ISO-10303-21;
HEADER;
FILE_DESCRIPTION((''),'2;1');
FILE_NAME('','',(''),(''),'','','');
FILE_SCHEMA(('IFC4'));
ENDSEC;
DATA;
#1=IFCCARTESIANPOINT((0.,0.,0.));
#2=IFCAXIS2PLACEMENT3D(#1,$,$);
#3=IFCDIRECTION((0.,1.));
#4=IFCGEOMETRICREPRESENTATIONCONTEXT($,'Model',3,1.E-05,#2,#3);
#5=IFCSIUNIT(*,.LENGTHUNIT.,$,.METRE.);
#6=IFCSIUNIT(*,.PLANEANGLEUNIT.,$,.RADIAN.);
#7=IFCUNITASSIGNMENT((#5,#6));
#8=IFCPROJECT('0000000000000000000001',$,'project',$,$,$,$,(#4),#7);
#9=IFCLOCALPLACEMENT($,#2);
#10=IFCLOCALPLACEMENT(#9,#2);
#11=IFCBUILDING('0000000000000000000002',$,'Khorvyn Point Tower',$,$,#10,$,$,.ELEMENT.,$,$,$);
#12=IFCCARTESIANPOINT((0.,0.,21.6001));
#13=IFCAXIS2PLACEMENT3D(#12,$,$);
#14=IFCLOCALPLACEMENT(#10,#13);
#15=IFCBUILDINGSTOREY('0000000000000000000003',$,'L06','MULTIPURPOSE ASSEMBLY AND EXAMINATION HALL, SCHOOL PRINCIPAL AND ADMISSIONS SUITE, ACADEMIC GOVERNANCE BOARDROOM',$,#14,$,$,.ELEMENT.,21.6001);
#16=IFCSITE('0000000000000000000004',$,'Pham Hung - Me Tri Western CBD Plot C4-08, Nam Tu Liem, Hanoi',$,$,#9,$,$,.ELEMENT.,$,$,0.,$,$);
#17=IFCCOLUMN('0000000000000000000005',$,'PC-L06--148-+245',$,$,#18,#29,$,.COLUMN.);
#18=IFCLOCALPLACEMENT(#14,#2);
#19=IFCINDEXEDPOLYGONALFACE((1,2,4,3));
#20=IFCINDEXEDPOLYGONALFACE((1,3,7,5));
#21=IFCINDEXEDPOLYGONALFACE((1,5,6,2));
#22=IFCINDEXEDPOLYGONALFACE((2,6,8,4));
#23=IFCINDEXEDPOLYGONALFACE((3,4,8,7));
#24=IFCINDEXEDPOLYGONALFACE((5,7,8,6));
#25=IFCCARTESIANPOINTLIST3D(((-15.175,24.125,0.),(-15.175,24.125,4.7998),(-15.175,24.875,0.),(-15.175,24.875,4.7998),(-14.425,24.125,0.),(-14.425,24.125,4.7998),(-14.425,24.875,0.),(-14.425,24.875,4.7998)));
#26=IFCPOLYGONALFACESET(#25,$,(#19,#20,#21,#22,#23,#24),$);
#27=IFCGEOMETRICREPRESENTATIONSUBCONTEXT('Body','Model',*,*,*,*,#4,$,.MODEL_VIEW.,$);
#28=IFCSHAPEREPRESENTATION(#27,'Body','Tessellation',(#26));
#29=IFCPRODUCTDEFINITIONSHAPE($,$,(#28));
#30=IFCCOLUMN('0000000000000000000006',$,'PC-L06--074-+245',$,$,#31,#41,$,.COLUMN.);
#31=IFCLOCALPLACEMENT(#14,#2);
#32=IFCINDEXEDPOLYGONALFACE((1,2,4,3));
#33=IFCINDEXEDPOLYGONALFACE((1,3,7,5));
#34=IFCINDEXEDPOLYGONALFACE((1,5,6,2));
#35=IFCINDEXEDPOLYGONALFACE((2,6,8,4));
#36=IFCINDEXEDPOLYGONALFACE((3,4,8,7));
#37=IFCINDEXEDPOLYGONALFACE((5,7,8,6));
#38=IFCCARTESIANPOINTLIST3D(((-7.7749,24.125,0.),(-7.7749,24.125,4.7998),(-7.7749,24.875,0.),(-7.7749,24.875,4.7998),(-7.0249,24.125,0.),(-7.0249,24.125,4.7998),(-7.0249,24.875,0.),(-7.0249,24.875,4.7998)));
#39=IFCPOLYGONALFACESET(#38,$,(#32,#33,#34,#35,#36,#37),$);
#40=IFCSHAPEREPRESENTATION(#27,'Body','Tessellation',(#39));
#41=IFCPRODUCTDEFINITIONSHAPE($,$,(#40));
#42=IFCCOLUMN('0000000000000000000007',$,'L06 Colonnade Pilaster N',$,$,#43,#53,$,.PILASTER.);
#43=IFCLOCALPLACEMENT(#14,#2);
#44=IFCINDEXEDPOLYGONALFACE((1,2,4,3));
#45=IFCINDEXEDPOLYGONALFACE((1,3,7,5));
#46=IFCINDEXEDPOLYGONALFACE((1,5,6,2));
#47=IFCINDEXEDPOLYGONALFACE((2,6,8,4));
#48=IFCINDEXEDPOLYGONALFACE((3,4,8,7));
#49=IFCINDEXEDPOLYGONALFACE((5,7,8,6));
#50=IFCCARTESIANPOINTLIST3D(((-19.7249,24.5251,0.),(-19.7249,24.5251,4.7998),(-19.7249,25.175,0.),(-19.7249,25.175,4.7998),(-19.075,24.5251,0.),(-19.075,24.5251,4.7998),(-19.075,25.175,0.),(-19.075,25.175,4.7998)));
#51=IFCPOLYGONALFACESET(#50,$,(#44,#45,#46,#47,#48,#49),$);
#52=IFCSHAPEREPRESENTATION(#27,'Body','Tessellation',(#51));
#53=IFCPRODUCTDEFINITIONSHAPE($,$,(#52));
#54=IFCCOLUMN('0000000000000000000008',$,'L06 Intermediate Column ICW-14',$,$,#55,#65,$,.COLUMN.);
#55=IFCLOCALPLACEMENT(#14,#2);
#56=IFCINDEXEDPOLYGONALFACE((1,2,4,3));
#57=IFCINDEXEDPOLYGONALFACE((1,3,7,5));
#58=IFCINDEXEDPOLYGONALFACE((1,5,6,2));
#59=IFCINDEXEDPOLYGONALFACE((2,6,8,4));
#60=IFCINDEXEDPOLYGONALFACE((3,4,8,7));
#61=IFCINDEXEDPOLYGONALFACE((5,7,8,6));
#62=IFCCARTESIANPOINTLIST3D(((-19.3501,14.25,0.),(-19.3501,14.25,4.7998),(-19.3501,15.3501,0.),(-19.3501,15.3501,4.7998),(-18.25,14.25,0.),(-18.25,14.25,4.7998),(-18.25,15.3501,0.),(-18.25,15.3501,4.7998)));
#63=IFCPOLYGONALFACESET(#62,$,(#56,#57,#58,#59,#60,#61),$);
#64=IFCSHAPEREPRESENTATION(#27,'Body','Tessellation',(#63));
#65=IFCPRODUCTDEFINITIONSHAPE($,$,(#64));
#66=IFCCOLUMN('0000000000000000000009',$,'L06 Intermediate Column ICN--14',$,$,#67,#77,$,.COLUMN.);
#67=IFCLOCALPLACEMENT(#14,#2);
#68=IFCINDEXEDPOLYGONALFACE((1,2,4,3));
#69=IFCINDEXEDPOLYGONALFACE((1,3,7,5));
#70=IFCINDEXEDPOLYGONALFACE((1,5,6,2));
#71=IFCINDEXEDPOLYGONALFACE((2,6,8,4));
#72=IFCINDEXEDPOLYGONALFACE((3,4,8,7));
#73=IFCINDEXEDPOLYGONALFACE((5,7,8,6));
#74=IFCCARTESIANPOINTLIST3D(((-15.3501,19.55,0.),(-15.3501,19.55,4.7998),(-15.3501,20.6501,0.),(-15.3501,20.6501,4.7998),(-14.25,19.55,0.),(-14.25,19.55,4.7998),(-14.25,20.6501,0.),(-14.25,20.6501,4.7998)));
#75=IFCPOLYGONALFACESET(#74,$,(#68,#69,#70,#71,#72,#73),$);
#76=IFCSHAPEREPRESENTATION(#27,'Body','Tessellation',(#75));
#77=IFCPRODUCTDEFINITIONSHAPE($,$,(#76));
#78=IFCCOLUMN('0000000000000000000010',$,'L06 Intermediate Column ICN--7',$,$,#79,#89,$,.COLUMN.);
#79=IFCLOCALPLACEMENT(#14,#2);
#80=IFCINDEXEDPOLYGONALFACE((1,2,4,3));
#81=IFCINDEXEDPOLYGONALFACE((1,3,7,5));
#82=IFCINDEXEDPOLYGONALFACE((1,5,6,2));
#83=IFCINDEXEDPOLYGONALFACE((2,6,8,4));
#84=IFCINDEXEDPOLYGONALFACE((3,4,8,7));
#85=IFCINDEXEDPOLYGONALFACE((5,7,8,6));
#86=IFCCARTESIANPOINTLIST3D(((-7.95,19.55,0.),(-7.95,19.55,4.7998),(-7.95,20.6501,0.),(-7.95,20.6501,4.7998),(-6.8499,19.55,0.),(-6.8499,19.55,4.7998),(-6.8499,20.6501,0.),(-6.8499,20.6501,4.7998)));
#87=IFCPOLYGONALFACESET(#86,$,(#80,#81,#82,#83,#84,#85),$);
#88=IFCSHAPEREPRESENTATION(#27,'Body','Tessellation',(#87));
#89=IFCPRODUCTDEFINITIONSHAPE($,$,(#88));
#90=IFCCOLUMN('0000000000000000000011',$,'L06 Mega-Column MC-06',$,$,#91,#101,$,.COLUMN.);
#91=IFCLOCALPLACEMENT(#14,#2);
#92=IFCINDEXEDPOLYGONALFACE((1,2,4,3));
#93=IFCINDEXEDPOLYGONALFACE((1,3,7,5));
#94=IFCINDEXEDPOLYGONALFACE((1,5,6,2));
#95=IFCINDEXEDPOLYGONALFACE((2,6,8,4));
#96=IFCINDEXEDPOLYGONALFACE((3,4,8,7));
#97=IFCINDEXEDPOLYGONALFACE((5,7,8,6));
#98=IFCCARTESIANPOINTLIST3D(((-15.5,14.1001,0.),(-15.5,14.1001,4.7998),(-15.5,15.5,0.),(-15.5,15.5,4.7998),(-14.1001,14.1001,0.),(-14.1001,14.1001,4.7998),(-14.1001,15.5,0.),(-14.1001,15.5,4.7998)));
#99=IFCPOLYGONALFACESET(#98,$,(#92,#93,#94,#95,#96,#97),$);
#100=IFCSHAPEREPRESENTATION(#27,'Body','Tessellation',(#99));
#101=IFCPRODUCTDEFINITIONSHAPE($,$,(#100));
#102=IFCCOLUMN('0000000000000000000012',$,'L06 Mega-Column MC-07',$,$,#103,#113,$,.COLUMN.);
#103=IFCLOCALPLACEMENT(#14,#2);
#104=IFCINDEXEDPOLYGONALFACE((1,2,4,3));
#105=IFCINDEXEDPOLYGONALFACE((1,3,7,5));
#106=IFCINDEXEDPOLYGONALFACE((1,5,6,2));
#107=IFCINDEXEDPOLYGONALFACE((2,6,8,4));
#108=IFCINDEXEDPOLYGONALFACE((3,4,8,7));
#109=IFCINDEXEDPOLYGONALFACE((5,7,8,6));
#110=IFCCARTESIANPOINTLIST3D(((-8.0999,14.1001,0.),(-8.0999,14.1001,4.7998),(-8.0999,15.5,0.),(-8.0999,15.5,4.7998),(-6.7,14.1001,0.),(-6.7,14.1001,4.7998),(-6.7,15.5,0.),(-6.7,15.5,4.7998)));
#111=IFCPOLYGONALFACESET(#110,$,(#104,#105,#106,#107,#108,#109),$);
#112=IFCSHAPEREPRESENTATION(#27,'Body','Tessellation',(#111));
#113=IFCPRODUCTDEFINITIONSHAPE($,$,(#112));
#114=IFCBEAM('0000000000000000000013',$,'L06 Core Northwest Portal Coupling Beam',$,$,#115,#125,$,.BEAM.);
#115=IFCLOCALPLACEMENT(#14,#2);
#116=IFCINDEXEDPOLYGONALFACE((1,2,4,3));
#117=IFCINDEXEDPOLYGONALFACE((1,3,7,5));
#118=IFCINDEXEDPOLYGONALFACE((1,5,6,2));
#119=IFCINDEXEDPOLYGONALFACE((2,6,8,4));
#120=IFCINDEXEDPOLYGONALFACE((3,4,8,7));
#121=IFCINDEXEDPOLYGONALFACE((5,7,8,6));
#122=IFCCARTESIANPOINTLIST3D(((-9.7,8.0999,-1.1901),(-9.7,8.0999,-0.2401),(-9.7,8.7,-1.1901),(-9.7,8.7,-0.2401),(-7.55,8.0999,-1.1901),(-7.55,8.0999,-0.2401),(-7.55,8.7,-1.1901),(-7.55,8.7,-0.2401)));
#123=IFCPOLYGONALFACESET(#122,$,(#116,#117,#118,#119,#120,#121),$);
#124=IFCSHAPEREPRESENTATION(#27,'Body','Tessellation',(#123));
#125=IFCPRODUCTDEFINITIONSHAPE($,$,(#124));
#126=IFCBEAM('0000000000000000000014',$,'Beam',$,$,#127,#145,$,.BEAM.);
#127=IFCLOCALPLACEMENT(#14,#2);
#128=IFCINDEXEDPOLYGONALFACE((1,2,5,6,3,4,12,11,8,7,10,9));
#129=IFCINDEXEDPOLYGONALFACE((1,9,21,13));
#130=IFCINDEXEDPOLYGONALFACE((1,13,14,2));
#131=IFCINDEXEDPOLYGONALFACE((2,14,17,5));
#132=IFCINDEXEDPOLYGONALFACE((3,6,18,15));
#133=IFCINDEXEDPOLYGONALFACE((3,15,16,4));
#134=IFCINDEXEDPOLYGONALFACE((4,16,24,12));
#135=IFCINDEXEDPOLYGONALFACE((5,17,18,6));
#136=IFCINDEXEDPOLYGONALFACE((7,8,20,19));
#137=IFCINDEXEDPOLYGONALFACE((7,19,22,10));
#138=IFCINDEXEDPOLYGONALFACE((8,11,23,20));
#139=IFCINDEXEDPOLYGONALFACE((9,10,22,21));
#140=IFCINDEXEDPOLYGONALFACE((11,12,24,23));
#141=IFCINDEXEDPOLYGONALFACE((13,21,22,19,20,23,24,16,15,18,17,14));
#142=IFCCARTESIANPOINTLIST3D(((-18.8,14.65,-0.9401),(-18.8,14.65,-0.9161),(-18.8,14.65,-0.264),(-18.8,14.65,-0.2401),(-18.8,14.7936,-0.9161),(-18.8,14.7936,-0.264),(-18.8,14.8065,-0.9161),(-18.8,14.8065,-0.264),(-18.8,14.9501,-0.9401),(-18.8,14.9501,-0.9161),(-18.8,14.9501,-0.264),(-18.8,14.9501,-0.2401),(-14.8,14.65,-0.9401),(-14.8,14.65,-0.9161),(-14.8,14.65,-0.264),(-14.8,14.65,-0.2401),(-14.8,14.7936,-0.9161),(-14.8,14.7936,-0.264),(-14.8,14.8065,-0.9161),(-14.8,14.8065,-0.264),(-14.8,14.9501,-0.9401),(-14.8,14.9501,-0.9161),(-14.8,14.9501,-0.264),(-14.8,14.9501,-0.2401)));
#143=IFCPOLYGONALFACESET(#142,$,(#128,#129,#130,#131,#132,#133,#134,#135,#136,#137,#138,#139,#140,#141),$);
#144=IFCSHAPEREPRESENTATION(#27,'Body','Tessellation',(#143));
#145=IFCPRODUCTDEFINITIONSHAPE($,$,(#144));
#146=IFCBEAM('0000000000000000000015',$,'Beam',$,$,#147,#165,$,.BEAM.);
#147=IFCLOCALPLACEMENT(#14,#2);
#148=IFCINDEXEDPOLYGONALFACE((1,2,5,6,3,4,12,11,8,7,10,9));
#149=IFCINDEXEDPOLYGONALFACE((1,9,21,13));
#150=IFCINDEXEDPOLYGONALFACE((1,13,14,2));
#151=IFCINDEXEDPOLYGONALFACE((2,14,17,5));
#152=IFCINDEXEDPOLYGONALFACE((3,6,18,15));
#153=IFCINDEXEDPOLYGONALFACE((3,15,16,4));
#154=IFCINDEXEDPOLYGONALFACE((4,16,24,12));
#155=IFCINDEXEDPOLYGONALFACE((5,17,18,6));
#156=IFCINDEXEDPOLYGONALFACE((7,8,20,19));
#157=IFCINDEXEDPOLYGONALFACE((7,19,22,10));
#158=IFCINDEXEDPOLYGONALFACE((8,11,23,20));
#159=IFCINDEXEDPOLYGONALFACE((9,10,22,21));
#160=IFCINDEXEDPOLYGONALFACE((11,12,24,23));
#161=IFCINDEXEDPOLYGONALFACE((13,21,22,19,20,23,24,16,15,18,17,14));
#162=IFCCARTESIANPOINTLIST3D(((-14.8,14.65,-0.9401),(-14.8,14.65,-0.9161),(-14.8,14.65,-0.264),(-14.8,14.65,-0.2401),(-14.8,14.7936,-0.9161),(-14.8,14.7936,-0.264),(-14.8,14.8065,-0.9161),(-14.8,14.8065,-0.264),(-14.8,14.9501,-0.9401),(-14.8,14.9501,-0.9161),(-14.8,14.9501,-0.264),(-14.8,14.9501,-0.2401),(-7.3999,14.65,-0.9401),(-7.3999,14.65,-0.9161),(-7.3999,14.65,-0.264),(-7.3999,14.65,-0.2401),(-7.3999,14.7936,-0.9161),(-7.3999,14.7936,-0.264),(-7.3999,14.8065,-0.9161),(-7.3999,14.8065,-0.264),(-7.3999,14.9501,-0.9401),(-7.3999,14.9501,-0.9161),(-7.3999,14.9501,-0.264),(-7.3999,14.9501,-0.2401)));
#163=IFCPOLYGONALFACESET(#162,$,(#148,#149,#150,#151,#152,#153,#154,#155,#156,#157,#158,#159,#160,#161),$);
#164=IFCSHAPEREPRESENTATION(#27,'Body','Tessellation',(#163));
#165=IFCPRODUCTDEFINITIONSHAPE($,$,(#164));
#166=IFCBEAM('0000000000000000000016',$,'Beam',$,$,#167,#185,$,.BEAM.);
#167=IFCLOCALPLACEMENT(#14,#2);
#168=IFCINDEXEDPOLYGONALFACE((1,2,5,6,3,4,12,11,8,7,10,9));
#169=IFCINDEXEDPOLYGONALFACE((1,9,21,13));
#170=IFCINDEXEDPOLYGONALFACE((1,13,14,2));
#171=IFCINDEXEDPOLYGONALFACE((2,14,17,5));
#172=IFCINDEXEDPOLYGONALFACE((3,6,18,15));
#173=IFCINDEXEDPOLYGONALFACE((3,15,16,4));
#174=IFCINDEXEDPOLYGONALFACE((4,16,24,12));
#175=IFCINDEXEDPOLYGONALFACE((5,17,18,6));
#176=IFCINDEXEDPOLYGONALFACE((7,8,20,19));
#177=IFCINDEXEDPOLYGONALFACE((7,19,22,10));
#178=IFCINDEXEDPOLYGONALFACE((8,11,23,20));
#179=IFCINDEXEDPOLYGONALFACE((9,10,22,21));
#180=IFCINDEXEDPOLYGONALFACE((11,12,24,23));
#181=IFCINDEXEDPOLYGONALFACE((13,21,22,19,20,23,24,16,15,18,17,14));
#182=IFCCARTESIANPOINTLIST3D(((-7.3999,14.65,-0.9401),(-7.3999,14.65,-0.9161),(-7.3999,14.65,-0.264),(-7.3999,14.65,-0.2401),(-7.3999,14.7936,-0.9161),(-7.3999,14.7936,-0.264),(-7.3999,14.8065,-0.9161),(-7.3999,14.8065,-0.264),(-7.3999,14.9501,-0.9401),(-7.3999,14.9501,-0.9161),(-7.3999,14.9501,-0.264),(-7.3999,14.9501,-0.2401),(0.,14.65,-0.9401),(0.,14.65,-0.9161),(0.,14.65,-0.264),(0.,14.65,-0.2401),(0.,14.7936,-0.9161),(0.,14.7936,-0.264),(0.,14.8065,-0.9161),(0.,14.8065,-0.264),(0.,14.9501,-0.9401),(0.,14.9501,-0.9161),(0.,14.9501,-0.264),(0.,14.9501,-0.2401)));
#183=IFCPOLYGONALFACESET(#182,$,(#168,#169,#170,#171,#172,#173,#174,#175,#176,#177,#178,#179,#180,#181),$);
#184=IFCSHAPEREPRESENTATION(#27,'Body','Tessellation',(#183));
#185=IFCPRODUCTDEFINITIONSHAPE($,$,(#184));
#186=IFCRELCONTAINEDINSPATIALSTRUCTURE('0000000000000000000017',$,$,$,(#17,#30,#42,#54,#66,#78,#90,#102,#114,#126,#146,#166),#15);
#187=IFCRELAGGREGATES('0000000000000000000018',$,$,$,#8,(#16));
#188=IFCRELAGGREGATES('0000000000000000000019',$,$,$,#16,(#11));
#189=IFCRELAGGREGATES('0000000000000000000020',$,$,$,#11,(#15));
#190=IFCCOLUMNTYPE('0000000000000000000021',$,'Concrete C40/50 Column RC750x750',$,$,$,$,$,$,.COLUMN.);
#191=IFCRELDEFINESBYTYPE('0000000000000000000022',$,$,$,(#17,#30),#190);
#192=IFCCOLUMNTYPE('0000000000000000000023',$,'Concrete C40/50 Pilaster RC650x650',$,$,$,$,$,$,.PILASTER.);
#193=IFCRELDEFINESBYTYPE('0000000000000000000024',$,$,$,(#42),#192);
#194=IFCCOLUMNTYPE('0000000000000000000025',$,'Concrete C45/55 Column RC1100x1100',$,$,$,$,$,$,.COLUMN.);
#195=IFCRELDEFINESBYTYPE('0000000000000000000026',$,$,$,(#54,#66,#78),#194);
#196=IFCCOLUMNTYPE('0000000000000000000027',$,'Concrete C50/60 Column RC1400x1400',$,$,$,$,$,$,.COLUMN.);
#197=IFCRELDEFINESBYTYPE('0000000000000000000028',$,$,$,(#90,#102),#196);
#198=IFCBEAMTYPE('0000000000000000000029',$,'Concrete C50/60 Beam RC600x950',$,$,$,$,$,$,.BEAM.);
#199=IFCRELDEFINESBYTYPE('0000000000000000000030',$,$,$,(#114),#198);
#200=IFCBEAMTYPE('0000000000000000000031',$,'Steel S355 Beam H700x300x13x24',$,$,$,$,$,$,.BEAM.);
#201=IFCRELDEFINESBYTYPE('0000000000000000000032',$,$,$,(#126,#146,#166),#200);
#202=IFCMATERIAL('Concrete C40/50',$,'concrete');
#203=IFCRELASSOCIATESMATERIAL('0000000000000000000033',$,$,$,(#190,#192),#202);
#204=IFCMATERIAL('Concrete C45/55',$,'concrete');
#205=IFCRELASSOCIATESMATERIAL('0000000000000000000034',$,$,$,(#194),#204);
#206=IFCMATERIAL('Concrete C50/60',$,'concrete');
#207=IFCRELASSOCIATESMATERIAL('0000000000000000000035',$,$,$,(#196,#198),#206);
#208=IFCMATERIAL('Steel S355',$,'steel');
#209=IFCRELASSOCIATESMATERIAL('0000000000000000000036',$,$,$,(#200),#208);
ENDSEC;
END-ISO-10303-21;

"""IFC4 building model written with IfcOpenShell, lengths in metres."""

from ifc_helpers import new_model, si_unit, direction, frame, origin, origin_2d, place, context, subcontext, project, spatial, rectangle, i_section, extrude, material, material_profile, profile_set, type_object, element, save


model = new_model("IFC4")

# Units and contexts
model_context = context("Model", 3, precision=1e-05, world=origin(), true_north=direction((0.0, 1.0)))
body_context = subcontext(model_context, "Body", "Model", "MODEL_VIEW")
ifc_project = project(units=[si_unit("LENGTHUNIT", "METRE"), si_unit("PLANEANGLEUNIT", "RADIAN")], contexts=[model_context])

# Site, building, storey
site_placement = place(None, origin())
site = spatial("IfcSite", under=ifc_project, at=site_placement, Name="Pham Hung - Me Tri Western CBD Plot C4-08, Nam Tu Liem, Hanoi", CompositionType="ELEMENT", RefElevation=0.0)
building_placement = place(site_placement, origin())
building = spatial("IfcBuilding", under=site, at=building_placement, Name="Khorvyn Point Tower", CompositionType="ELEMENT")
storey_placement = place(building_placement, frame((0.0, 0.0, 21.6001)))
storey = spatial("IfcBuildingStorey", under=building, at=storey_placement, Name="L06", Description="MULTIPURPOSE ASSEMBLY AND EXAMINATION HALL, SCHOOL PRINCIPAL AND ADMISSIONS SUITE, ACADEMIC GOVERNANCE BOARDROOM", CompositionType="ELEMENT", Elevation=21.6001)

# Columns
ifc_material_1 = material(Name="Concrete C40/50", Category="concrete")
ifc_material_profile_1 = material_profile(ifc_material_1, rectangle(XDim=0.75, YDim=0.75, at=origin_2d()))
ifc_profile_set_1 = profile_set([ifc_material_profile_1], Name="Concrete C40/50 RC750x750")
column_type_1 = type_object("IfcColumnType", Name="Concrete C40/50 Column RC750x750", PredefinedType="COLUMN", material=ifc_profile_set_1)
for number, where, z_axis, x_axis, name in (
    (1, (-14.8, 24.5, 0.0), (0.0, 0.0, 1.0), (1.0, 0.0, 0.0), "PC-L06--148-+245"),
    (2, (-7.3999, 24.5, 0.0), (0.0, 0.0, 1.0), (1.0, 0.0, 0.0), "PC-L06--074-+245"),
):
    element("IfcColumn", number, at=place(storey_placement, frame(where, z_axis=z_axis, x_axis=x_axis)), inside=storey, type_object=column_type_1, Name=name, PredefinedType="COLUMN", context=body_context, shape_type="SweptSolid", body=[
        extrude(rectangle(XDim=0.75, YDim=0.75, at=origin_2d()), origin(), (0.0, 0.0, 1.0), 4.7998),
    ])
ifc_material_profile_2 = material_profile(ifc_material_1, rectangle(XDim=0.6499, YDim=0.6499, at=origin_2d()))
ifc_profile_set_2 = profile_set([ifc_material_profile_2], Name="Concrete C40/50 RC650x650")
column_type_2 = type_object("IfcColumnType", Name="Concrete C40/50 Pilaster RC650x650", PredefinedType="PILASTER", material=ifc_profile_set_2)
column_placement = place(storey_placement, frame((-19.3999, 24.8501, 0.0), z_axis=(0.0, 0.0, 1.0), x_axis=(1.0, 0.0, 0.0)))
element("IfcColumn", 3, at=column_placement, inside=storey, type_object=column_type_2, Name="L06 Colonnade Pilaster N", PredefinedType="PILASTER", context=body_context, shape_type="SweptSolid", body=[
    extrude(rectangle(XDim=0.6499, YDim=0.6499, at=origin_2d()), origin(), (0.0, 0.0, 1.0), 4.7998),
])
ifc_material_2 = material(Name="Concrete C45/55", Category="concrete")
ifc_material_profile_3 = material_profile(ifc_material_2, rectangle(XDim=1.1001, YDim=1.1001, at=origin_2d()))
ifc_profile_set_3 = profile_set([ifc_material_profile_3], Name="Concrete C45/55 RC1100x1100")
column_type_3 = type_object("IfcColumnType", Name="Concrete C45/55 Column RC1100x1100", PredefinedType="COLUMN", material=ifc_profile_set_3)
for number, where, z_axis, x_axis, name in (
    (4, (-18.8, 14.8, 0.0), (0.0, 0.0, 1.0), (1.0, 0.0, 0.0), "L06 Intermediate Column ICW-14"),
    (5, (-14.8, 20.1001, 0.0), (0.0, 0.0, 1.0), (1.0, 0.0, 0.0), "L06 Intermediate Column ICN--14"),
    (6, (-7.3999, 20.1001, 0.0), (0.0, 0.0, 1.0), (1.0, 0.0, 0.0), "L06 Intermediate Column ICN--7"),
):
    element("IfcColumn", number, at=place(storey_placement, frame(where, z_axis=z_axis, x_axis=x_axis)), inside=storey, type_object=column_type_3, Name=name, PredefinedType="COLUMN", context=body_context, shape_type="SweptSolid", body=[
        extrude(rectangle(XDim=1.1001, YDim=1.1001, at=origin_2d()), origin(), (0.0, 0.0, 1.0), 4.7998),
    ])
ifc_material_3 = material(Name="Concrete C50/60", Category="concrete")
ifc_material_profile_4 = material_profile(ifc_material_3, rectangle(XDim=1.3999, YDim=1.3999, at=origin_2d()))
ifc_profile_set_4 = profile_set([ifc_material_profile_4], Name="Concrete C50/60 RC1400x1400")
column_type_4 = type_object("IfcColumnType", Name="Concrete C50/60 Column RC1400x1400", PredefinedType="COLUMN", material=ifc_profile_set_4)
for number, where, z_axis, x_axis, name in (
    (7, (-14.8, 14.8, 0.0), (0.0, 0.0, 1.0), (1.0, 0.0, 0.0), "L06 Mega-Column MC-06"),
    (8, (-7.3999, 14.8, 0.0), (0.0, 0.0, 1.0), (1.0, 0.0, 0.0), "L06 Mega-Column MC-07"),
):
    element("IfcColumn", number, at=place(storey_placement, frame(where, z_axis=z_axis, x_axis=x_axis)), inside=storey, type_object=column_type_4, Name=name, PredefinedType="COLUMN", context=body_context, shape_type="SweptSolid", body=[
        extrude(rectangle(XDim=1.3999, YDim=1.3999, at=origin_2d()), origin(), (0.0, 0.0, 1.0), 4.7998),
    ])

# Beams
ifc_material_profile_5 = material_profile(ifc_material_3, rectangle(XDim=0.6001, YDim=0.95, at=origin_2d()))
ifc_profile_set_5 = profile_set([ifc_material_profile_5], Name="Concrete C50/60 RC600x950")
beam_type_1 = type_object("IfcBeamType", Name="Concrete C50/60 Beam RC600x950", PredefinedType="BEAM", material=ifc_profile_set_5)
beam_1_placement = place(storey_placement, frame((-9.7, 8.3999, -0.7151), z_axis=(1.0, 0.0, 0.0), x_axis=(0.0, 1.0, 0.0)))
element("IfcBeam", 9, at=beam_1_placement, inside=storey, type_object=beam_type_1, Name="L06 Core Northwest Portal Coupling Beam", PredefinedType="BEAM", context=body_context, shape_type="SweptSolid", body=[
    extrude(rectangle(XDim=0.6001, YDim=0.95, at=origin_2d()), origin(), (0.0, 0.0, 1.0), 2.1499),
])
ifc_material_4 = material(Name="Steel S355", Category="steel")
ifc_material_profile_6 = material_profile(ifc_material_4, i_section(OverallWidth=0.3, OverallDepth=0.7, WebThickness=0.0129, FlangeThickness=0.0239, at=origin_2d()))
ifc_profile_set_6 = profile_set([ifc_material_profile_6], Name="Steel S355 H700x300x13x24")
beam_type_2 = type_object("IfcBeamType", Name="Steel S355 Beam H700x300x13x24", PredefinedType="BEAM", material=ifc_profile_set_6)
beam_2_placement = place(storey_placement, frame((-18.8, 14.8, -0.5901), z_axis=(1.0, 0.0, 0.0), x_axis=(0.0, 1.0, 0.0)))
element("IfcBeam", 10, at=beam_2_placement, inside=storey, type_object=beam_type_2, Name="Beam", PredefinedType="BEAM", context=body_context, shape_type="SweptSolid", body=[
    extrude(i_section(OverallWidth=0.3, OverallDepth=0.7, WebThickness=0.0129, FlangeThickness=0.0239, at=origin_2d()), origin(), (0.0, 0.0, 1.0), 4.0),
])
beam_3_placement = place(storey_placement, frame((-14.8, 14.8, -0.5901), z_axis=(1.0, 0.0, 0.0), x_axis=(0.0, 1.0, 0.0)))
element("IfcBeam", 11, at=beam_3_placement, inside=storey, type_object=beam_type_2, Name="Beam", PredefinedType="BEAM", context=body_context, shape_type="SweptSolid", body=[
    extrude(i_section(OverallWidth=0.3, OverallDepth=0.7, WebThickness=0.0129, FlangeThickness=0.0239, at=origin_2d()), origin(), (0.0, 0.0, 1.0), 7.4001),
])
beam_4_placement = place(storey_placement, frame((-7.3999, 14.8, -0.5901), z_axis=(1.0, 0.0, 0.0), x_axis=(0.0, 1.0, 0.0)))
element("IfcBeam", 12, at=beam_4_placement, inside=storey, type_object=beam_type_2, Name="Beam", PredefinedType="BEAM", context=body_context, shape_type="SweptSolid", body=[
    extrude(i_section(OverallWidth=0.3, OverallDepth=0.7, WebThickness=0.0129, FlangeThickness=0.0239, at=origin_2d()), origin(), (0.0, 0.0, 1.0), 7.3999),
])

save(model, "model.ifc")
